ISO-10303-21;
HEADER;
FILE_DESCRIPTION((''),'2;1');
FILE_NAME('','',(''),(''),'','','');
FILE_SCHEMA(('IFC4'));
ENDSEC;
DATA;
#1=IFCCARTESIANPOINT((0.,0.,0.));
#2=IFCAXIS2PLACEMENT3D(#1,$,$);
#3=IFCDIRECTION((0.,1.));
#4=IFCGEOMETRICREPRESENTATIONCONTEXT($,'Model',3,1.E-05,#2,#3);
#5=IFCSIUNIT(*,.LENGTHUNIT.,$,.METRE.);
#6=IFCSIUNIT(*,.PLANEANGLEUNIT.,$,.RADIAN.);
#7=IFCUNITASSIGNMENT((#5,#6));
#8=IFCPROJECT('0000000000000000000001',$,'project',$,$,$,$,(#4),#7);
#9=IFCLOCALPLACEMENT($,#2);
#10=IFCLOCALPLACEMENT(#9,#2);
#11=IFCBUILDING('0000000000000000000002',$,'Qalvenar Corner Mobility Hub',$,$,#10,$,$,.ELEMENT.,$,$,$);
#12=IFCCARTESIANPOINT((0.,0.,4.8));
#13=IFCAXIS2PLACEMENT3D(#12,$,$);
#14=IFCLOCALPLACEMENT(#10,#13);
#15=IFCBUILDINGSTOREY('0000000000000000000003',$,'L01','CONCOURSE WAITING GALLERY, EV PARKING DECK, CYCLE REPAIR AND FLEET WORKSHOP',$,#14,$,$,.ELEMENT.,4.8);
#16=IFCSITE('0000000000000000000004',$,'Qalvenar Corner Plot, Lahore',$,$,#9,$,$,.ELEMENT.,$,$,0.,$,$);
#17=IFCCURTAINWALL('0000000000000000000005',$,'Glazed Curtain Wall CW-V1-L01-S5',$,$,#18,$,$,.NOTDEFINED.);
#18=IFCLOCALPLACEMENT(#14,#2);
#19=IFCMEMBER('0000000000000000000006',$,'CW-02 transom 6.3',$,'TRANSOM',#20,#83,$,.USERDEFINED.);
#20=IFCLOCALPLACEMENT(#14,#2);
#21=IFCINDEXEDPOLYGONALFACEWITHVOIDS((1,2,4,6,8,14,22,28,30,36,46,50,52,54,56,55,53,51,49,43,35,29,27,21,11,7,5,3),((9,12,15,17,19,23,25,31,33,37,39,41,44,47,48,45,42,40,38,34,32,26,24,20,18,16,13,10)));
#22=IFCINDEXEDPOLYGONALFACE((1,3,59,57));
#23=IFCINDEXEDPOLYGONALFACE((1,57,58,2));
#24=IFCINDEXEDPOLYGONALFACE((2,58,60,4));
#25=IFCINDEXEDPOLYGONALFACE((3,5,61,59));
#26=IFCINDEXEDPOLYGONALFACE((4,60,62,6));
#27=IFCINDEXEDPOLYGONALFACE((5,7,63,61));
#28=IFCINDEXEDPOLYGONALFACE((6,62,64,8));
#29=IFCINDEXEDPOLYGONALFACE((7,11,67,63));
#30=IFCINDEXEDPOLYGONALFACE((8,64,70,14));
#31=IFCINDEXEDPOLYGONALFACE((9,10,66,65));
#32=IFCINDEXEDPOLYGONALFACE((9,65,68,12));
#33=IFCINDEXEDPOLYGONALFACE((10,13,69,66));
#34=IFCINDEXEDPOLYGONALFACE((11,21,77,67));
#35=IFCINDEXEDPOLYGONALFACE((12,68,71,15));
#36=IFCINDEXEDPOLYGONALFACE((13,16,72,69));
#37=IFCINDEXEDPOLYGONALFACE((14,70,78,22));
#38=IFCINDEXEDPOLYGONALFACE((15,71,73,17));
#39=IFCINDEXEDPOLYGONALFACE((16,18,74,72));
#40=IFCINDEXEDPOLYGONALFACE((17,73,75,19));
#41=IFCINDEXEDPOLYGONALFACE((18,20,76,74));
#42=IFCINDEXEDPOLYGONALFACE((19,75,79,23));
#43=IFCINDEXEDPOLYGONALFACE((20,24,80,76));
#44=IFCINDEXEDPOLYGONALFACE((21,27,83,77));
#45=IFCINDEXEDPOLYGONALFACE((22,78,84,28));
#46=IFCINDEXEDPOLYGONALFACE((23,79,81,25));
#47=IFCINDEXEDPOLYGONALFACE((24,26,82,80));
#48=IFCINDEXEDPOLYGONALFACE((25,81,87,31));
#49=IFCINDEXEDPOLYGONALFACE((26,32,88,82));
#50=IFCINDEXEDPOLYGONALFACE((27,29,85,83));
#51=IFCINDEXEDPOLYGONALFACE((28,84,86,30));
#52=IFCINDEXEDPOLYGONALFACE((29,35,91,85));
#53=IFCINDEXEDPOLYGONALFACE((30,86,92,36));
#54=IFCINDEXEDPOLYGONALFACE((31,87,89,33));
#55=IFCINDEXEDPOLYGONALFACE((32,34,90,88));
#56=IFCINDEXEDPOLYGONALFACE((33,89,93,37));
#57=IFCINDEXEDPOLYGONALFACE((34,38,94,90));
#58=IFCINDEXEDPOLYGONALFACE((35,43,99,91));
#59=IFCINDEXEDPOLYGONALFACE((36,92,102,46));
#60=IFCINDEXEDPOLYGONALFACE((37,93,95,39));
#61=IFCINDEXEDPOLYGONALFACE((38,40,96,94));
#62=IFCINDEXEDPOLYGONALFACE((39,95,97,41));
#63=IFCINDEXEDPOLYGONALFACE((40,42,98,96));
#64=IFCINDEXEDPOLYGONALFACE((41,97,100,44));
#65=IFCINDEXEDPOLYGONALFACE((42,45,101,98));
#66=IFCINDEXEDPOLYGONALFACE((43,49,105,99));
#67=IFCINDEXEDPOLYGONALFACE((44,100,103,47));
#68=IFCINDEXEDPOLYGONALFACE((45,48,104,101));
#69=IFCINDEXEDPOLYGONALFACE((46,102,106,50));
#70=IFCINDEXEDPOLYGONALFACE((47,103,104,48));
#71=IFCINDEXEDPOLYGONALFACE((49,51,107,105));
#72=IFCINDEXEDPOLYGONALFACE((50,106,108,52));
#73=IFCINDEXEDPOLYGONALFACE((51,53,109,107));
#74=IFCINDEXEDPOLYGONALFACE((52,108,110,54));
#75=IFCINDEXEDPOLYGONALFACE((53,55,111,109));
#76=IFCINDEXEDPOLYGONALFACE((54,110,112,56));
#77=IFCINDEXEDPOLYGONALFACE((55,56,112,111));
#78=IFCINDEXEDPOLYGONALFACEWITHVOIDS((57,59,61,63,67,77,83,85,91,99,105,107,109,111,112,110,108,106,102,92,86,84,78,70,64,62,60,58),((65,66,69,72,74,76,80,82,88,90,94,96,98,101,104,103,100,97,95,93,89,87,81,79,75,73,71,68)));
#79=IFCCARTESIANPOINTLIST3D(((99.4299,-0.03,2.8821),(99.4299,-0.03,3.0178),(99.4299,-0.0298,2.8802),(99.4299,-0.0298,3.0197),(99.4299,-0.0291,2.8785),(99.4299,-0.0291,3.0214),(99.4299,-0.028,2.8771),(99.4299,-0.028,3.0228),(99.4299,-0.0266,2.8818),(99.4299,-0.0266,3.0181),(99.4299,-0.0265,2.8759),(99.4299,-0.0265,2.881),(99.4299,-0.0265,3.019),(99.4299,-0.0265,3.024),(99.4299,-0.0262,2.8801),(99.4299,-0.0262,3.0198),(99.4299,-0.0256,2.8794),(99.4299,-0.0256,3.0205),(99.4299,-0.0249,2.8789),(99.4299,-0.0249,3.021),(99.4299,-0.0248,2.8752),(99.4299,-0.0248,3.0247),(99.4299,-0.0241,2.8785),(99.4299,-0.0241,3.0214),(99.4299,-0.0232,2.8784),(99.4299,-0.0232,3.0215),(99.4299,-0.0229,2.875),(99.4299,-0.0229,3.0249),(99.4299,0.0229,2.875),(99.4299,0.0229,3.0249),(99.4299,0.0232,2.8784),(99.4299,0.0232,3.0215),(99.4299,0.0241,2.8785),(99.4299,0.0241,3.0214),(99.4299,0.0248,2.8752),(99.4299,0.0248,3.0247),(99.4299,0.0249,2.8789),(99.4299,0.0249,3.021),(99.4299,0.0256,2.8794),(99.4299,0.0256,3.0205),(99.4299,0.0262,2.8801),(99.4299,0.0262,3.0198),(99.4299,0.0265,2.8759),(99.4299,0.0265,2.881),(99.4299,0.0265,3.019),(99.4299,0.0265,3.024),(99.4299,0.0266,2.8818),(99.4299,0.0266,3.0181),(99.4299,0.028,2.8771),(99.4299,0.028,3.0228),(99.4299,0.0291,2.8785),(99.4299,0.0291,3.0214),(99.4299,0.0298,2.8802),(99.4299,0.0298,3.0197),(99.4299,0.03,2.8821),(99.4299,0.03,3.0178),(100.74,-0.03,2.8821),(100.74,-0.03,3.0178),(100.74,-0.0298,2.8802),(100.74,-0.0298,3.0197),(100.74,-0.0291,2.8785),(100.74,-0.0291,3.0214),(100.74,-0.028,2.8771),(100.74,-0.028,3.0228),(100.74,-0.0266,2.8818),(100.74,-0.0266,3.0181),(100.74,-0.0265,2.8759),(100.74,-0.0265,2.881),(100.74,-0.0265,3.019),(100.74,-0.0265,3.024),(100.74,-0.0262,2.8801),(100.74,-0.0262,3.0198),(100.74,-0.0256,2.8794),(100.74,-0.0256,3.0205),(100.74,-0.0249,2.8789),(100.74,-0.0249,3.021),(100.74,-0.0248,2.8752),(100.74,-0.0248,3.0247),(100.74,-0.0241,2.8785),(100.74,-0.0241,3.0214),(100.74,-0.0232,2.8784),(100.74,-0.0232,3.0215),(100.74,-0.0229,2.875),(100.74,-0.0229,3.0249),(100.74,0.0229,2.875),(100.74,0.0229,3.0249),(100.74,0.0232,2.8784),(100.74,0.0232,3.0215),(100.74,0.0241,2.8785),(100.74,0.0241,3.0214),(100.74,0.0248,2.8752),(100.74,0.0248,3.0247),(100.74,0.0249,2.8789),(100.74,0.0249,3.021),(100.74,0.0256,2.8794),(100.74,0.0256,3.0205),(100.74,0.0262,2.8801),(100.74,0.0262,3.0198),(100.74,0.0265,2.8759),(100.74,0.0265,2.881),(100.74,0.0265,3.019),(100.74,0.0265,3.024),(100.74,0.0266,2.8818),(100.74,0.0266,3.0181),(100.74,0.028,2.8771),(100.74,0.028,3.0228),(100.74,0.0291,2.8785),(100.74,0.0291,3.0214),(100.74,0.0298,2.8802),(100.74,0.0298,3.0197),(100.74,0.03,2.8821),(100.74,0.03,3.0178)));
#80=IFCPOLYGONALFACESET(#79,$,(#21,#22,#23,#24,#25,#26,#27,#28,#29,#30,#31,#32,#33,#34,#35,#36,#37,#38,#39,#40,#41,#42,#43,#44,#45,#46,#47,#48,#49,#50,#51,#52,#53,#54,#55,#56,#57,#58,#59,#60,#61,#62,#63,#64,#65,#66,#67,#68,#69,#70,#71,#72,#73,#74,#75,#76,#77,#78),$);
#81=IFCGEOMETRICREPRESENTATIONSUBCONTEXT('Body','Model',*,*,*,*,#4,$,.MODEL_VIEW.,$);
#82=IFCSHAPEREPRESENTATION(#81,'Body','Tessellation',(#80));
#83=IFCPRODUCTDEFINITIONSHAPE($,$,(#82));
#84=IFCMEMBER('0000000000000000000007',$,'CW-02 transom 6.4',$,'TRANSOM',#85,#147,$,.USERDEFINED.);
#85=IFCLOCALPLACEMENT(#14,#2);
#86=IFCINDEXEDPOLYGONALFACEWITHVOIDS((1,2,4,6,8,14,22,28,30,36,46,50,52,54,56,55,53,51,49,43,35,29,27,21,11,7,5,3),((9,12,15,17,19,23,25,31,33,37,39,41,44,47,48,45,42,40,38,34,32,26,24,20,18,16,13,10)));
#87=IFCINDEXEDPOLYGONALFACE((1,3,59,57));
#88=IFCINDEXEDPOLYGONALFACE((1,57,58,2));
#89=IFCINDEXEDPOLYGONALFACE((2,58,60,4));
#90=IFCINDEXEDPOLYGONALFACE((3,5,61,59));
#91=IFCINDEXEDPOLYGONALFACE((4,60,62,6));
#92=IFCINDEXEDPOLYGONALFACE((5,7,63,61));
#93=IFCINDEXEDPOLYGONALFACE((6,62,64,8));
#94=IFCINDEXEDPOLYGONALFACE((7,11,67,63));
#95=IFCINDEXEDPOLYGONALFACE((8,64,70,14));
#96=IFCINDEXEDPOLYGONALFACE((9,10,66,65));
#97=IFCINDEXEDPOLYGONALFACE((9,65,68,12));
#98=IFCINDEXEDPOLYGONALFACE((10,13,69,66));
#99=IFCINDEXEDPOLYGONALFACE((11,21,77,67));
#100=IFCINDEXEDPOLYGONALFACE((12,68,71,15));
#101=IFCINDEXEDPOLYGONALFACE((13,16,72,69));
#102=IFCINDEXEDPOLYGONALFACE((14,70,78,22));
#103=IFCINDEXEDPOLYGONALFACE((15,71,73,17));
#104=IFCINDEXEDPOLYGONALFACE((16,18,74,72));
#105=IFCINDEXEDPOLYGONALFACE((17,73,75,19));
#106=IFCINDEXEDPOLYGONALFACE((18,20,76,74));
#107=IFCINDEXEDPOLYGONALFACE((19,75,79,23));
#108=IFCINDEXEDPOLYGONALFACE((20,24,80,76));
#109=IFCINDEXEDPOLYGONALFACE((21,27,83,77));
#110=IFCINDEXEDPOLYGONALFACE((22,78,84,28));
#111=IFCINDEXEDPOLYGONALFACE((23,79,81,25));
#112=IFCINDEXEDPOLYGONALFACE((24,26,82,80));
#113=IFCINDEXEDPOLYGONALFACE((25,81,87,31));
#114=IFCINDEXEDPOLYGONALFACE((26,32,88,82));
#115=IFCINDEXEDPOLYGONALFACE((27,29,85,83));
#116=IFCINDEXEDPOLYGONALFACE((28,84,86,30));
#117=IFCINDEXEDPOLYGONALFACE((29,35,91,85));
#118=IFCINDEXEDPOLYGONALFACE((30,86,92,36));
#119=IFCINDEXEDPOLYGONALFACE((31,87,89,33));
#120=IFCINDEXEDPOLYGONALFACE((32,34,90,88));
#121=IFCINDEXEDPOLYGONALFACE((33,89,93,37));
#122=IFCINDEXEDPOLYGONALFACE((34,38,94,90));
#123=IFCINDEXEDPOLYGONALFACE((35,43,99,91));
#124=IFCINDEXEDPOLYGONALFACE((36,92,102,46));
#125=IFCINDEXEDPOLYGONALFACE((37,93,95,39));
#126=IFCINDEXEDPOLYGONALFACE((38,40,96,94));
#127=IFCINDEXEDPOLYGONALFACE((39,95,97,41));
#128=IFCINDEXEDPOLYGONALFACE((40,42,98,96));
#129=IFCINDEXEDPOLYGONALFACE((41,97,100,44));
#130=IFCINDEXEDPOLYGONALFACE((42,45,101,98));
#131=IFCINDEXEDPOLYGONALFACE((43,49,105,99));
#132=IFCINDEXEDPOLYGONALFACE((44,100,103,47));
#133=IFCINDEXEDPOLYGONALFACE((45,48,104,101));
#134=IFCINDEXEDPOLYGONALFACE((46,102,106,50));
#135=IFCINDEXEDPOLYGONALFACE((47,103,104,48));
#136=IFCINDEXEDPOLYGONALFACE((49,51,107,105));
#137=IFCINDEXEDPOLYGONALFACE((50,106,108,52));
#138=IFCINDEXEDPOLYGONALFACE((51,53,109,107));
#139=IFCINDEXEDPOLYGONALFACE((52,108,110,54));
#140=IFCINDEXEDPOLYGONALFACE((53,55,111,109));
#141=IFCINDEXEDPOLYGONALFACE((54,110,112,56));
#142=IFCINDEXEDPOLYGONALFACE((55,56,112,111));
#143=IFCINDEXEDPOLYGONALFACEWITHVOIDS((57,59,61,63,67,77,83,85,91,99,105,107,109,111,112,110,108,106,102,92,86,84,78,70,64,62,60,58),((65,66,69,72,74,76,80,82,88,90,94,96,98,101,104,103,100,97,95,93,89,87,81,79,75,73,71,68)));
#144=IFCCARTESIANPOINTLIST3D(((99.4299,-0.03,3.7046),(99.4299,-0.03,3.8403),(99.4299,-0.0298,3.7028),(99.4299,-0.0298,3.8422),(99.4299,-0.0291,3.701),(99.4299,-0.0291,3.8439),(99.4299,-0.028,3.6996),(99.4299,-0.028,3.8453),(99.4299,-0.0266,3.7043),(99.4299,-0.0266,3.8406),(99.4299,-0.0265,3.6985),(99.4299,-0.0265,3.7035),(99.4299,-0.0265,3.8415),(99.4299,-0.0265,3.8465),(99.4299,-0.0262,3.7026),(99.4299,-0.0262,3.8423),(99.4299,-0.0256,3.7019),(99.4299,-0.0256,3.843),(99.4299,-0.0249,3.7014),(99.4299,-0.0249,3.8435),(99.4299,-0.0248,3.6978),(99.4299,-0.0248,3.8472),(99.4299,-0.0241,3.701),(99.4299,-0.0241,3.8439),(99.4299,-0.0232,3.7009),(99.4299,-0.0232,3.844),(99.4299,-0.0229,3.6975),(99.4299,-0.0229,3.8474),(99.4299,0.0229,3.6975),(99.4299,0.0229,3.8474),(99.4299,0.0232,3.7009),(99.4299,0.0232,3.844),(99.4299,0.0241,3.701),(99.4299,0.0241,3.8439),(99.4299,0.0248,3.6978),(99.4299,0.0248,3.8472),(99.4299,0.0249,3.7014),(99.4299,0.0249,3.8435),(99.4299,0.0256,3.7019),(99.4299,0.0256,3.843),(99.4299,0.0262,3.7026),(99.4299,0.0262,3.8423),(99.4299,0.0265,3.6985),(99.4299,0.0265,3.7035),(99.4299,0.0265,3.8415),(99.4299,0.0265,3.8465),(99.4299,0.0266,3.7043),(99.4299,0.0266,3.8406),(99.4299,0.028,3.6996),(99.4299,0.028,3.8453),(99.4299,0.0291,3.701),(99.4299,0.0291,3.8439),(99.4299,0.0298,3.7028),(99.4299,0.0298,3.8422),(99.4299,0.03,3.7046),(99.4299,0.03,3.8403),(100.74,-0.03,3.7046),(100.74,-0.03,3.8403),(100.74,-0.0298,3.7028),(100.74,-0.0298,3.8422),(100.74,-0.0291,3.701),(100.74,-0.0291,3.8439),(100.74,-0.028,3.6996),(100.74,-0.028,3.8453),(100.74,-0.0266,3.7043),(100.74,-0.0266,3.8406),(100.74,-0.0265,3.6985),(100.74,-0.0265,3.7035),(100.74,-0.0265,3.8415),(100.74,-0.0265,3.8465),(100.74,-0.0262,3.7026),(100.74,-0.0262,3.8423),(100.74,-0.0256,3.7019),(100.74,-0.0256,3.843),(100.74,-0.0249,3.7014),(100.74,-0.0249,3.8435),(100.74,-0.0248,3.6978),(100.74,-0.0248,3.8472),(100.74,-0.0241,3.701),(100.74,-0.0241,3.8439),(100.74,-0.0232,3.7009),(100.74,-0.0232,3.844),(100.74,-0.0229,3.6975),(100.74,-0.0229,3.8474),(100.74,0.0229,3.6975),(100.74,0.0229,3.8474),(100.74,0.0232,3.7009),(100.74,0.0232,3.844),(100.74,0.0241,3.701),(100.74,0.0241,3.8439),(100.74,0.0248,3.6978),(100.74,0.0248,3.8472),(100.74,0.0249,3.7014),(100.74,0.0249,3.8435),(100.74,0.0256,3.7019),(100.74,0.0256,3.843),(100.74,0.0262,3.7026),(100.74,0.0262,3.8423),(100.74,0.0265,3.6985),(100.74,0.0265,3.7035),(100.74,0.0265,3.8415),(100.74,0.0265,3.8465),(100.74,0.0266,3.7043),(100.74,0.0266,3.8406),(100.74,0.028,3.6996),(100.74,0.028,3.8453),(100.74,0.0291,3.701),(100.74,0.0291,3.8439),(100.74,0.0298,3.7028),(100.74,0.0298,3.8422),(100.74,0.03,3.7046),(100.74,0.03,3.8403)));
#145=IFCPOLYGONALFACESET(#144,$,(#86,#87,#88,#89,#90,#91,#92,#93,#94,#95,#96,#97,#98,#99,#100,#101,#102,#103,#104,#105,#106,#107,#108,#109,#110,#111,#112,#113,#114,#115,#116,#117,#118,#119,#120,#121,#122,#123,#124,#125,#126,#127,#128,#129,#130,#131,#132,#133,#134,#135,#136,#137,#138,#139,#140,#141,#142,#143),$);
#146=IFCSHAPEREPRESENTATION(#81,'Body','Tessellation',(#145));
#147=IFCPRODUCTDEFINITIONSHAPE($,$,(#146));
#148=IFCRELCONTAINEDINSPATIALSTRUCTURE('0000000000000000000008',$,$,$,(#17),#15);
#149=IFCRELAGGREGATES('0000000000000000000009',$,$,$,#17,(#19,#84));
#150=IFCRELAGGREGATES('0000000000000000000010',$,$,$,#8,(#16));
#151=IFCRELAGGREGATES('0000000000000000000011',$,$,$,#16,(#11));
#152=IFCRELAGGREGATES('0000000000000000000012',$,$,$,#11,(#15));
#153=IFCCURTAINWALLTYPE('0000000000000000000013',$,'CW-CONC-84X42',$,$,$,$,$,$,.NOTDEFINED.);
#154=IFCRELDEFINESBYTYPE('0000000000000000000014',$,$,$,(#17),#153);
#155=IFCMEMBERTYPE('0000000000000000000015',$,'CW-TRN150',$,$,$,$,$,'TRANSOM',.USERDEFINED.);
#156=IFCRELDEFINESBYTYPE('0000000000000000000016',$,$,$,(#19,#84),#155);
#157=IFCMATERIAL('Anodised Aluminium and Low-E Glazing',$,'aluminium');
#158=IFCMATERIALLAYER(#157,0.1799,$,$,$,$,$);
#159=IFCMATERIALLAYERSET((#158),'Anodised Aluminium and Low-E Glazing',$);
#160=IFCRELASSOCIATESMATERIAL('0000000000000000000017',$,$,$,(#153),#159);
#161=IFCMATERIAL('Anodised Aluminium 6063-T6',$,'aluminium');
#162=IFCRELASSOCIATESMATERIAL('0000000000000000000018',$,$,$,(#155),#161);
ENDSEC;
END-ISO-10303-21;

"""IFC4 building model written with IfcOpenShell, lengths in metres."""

from ifc_helpers import new_model, si_unit, direction, frame, origin, origin_2d, place, context, subcontext, project, spatial, hollow_rectangle, extrude, material, layer, layer_set, material_profile, profile_set, type_object, element, aggregate, save


model = new_model("IFC4")

# Units and contexts
model_context = context("Model", 3, precision=1e-05, world=origin(), true_north=direction((0.0, 1.0)))
body_context = subcontext(model_context, "Body", "Model", "MODEL_VIEW")
ifc_project = project(units=[si_unit("LENGTHUNIT", "METRE"), si_unit("PLANEANGLEUNIT", "RADIAN")], contexts=[model_context])

# Site, building, storey
site_placement = place(None, origin())
site = spatial("IfcSite", under=ifc_project, at=site_placement, Name="Qalvenar Corner Plot, Lahore", CompositionType="ELEMENT", RefElevation=0.0)
building_placement = place(site_placement, origin())
building = spatial("IfcBuilding", under=site, at=building_placement, Name="Qalvenar Corner Mobility Hub", CompositionType="ELEMENT")
storey_placement = place(building_placement, frame((0.0, 0.0, 4.8)))
storey = spatial("IfcBuildingStorey", under=building, at=storey_placement, Name="L01", Description="CONCOURSE WAITING GALLERY, EV PARKING DECK, CYCLE REPAIR AND FLEET WORKSHOP", CompositionType="ELEMENT", Elevation=4.8)

# Curtain wall
ifc_material_1 = material(Name="Anodised Aluminium and Low-E Glazing", Category="aluminium")
ifc_layer_1 = layer(ifc_material_1, 0.1799)
ifc_layer_set_1 = layer_set([ifc_layer_1], Name="Anodised Aluminium and Low-E Glazing")
curtain_wall_type = type_object("IfcCurtainWallType", Name="CW-CONC-84X42", PredefinedType="NOTDEFINED", material=ifc_layer_set_1)
curtain_wall_1_placement = place(storey_placement, origin())
curtain_wall_1 = element("IfcCurtainWall", 1, at=curtain_wall_1_placement, inside=storey, type_object=curtain_wall_type, Name="Glazed Curtain Wall CW-V1-L01-S5", PredefinedType="NOTDEFINED")
ifc_material_2 = material(Name="Anodised Aluminium 6063-T6", Category="aluminium")

# Members
ifc_material_profile_1 = material_profile(ifc_material_2, hollow_rectangle(XDim=0.0601, YDim=0.1499, WallThickness=0.0034, InnerFilletRadius=0.0034, OuterFilletRadius=0.0071, at=origin_2d()), Name="RHS150x60x3.5")
ifc_profile_set_1 = profile_set([ifc_material_profile_1], Name="Anodised Aluminium 6063-T6")
member_type_1 = type_object("IfcMemberType", Name="CW-TRN150", ElementType="TRANSOM", PredefinedType="USERDEFINED", material=ifc_profile_set_1)
member_1_placement = place(storey_placement, frame((99.4299, 0.0, 2.95), z_axis=(1.0, 0.0, 0.0), x_axis=(0.0, 1.0, 0.0)))
member_1 = element("IfcMember", 2, at=member_1_placement, type_object=member_type_1, Name="CW-02 transom 6.3", ObjectType="TRANSOM", PredefinedType="USERDEFINED", context=body_context, shape_type="SweptSolid", body=[
    extrude(hollow_rectangle(XDim=0.0601, YDim=0.1499, WallThickness=0.0034, InnerFilletRadius=0.0034, OuterFilletRadius=0.0071, at=origin_2d()), origin(), (0.0, 0.0, 1.0), 1.3101),
])
member_2_placement = place(storey_placement, frame((99.4299, 0.0, 3.7725), z_axis=(1.0, 0.0, 0.0), x_axis=(0.0, 1.0, 0.0)))
member_2 = element("IfcMember", 3, at=member_2_placement, type_object=member_type_1, Name="CW-02 transom 6.4", ObjectType="TRANSOM", PredefinedType="USERDEFINED", context=body_context, shape_type="SweptSolid", body=[
    extrude(hollow_rectangle(XDim=0.0601, YDim=0.1499, WallThickness=0.0034, InnerFilletRadius=0.0034, OuterFilletRadius=0.0071, at=origin_2d()), origin(), (0.0, 0.0, 1.0), 1.3101),
])

aggregate(curtain_wall_1, [member_1, member_2])

save(model, "model.ifc")
